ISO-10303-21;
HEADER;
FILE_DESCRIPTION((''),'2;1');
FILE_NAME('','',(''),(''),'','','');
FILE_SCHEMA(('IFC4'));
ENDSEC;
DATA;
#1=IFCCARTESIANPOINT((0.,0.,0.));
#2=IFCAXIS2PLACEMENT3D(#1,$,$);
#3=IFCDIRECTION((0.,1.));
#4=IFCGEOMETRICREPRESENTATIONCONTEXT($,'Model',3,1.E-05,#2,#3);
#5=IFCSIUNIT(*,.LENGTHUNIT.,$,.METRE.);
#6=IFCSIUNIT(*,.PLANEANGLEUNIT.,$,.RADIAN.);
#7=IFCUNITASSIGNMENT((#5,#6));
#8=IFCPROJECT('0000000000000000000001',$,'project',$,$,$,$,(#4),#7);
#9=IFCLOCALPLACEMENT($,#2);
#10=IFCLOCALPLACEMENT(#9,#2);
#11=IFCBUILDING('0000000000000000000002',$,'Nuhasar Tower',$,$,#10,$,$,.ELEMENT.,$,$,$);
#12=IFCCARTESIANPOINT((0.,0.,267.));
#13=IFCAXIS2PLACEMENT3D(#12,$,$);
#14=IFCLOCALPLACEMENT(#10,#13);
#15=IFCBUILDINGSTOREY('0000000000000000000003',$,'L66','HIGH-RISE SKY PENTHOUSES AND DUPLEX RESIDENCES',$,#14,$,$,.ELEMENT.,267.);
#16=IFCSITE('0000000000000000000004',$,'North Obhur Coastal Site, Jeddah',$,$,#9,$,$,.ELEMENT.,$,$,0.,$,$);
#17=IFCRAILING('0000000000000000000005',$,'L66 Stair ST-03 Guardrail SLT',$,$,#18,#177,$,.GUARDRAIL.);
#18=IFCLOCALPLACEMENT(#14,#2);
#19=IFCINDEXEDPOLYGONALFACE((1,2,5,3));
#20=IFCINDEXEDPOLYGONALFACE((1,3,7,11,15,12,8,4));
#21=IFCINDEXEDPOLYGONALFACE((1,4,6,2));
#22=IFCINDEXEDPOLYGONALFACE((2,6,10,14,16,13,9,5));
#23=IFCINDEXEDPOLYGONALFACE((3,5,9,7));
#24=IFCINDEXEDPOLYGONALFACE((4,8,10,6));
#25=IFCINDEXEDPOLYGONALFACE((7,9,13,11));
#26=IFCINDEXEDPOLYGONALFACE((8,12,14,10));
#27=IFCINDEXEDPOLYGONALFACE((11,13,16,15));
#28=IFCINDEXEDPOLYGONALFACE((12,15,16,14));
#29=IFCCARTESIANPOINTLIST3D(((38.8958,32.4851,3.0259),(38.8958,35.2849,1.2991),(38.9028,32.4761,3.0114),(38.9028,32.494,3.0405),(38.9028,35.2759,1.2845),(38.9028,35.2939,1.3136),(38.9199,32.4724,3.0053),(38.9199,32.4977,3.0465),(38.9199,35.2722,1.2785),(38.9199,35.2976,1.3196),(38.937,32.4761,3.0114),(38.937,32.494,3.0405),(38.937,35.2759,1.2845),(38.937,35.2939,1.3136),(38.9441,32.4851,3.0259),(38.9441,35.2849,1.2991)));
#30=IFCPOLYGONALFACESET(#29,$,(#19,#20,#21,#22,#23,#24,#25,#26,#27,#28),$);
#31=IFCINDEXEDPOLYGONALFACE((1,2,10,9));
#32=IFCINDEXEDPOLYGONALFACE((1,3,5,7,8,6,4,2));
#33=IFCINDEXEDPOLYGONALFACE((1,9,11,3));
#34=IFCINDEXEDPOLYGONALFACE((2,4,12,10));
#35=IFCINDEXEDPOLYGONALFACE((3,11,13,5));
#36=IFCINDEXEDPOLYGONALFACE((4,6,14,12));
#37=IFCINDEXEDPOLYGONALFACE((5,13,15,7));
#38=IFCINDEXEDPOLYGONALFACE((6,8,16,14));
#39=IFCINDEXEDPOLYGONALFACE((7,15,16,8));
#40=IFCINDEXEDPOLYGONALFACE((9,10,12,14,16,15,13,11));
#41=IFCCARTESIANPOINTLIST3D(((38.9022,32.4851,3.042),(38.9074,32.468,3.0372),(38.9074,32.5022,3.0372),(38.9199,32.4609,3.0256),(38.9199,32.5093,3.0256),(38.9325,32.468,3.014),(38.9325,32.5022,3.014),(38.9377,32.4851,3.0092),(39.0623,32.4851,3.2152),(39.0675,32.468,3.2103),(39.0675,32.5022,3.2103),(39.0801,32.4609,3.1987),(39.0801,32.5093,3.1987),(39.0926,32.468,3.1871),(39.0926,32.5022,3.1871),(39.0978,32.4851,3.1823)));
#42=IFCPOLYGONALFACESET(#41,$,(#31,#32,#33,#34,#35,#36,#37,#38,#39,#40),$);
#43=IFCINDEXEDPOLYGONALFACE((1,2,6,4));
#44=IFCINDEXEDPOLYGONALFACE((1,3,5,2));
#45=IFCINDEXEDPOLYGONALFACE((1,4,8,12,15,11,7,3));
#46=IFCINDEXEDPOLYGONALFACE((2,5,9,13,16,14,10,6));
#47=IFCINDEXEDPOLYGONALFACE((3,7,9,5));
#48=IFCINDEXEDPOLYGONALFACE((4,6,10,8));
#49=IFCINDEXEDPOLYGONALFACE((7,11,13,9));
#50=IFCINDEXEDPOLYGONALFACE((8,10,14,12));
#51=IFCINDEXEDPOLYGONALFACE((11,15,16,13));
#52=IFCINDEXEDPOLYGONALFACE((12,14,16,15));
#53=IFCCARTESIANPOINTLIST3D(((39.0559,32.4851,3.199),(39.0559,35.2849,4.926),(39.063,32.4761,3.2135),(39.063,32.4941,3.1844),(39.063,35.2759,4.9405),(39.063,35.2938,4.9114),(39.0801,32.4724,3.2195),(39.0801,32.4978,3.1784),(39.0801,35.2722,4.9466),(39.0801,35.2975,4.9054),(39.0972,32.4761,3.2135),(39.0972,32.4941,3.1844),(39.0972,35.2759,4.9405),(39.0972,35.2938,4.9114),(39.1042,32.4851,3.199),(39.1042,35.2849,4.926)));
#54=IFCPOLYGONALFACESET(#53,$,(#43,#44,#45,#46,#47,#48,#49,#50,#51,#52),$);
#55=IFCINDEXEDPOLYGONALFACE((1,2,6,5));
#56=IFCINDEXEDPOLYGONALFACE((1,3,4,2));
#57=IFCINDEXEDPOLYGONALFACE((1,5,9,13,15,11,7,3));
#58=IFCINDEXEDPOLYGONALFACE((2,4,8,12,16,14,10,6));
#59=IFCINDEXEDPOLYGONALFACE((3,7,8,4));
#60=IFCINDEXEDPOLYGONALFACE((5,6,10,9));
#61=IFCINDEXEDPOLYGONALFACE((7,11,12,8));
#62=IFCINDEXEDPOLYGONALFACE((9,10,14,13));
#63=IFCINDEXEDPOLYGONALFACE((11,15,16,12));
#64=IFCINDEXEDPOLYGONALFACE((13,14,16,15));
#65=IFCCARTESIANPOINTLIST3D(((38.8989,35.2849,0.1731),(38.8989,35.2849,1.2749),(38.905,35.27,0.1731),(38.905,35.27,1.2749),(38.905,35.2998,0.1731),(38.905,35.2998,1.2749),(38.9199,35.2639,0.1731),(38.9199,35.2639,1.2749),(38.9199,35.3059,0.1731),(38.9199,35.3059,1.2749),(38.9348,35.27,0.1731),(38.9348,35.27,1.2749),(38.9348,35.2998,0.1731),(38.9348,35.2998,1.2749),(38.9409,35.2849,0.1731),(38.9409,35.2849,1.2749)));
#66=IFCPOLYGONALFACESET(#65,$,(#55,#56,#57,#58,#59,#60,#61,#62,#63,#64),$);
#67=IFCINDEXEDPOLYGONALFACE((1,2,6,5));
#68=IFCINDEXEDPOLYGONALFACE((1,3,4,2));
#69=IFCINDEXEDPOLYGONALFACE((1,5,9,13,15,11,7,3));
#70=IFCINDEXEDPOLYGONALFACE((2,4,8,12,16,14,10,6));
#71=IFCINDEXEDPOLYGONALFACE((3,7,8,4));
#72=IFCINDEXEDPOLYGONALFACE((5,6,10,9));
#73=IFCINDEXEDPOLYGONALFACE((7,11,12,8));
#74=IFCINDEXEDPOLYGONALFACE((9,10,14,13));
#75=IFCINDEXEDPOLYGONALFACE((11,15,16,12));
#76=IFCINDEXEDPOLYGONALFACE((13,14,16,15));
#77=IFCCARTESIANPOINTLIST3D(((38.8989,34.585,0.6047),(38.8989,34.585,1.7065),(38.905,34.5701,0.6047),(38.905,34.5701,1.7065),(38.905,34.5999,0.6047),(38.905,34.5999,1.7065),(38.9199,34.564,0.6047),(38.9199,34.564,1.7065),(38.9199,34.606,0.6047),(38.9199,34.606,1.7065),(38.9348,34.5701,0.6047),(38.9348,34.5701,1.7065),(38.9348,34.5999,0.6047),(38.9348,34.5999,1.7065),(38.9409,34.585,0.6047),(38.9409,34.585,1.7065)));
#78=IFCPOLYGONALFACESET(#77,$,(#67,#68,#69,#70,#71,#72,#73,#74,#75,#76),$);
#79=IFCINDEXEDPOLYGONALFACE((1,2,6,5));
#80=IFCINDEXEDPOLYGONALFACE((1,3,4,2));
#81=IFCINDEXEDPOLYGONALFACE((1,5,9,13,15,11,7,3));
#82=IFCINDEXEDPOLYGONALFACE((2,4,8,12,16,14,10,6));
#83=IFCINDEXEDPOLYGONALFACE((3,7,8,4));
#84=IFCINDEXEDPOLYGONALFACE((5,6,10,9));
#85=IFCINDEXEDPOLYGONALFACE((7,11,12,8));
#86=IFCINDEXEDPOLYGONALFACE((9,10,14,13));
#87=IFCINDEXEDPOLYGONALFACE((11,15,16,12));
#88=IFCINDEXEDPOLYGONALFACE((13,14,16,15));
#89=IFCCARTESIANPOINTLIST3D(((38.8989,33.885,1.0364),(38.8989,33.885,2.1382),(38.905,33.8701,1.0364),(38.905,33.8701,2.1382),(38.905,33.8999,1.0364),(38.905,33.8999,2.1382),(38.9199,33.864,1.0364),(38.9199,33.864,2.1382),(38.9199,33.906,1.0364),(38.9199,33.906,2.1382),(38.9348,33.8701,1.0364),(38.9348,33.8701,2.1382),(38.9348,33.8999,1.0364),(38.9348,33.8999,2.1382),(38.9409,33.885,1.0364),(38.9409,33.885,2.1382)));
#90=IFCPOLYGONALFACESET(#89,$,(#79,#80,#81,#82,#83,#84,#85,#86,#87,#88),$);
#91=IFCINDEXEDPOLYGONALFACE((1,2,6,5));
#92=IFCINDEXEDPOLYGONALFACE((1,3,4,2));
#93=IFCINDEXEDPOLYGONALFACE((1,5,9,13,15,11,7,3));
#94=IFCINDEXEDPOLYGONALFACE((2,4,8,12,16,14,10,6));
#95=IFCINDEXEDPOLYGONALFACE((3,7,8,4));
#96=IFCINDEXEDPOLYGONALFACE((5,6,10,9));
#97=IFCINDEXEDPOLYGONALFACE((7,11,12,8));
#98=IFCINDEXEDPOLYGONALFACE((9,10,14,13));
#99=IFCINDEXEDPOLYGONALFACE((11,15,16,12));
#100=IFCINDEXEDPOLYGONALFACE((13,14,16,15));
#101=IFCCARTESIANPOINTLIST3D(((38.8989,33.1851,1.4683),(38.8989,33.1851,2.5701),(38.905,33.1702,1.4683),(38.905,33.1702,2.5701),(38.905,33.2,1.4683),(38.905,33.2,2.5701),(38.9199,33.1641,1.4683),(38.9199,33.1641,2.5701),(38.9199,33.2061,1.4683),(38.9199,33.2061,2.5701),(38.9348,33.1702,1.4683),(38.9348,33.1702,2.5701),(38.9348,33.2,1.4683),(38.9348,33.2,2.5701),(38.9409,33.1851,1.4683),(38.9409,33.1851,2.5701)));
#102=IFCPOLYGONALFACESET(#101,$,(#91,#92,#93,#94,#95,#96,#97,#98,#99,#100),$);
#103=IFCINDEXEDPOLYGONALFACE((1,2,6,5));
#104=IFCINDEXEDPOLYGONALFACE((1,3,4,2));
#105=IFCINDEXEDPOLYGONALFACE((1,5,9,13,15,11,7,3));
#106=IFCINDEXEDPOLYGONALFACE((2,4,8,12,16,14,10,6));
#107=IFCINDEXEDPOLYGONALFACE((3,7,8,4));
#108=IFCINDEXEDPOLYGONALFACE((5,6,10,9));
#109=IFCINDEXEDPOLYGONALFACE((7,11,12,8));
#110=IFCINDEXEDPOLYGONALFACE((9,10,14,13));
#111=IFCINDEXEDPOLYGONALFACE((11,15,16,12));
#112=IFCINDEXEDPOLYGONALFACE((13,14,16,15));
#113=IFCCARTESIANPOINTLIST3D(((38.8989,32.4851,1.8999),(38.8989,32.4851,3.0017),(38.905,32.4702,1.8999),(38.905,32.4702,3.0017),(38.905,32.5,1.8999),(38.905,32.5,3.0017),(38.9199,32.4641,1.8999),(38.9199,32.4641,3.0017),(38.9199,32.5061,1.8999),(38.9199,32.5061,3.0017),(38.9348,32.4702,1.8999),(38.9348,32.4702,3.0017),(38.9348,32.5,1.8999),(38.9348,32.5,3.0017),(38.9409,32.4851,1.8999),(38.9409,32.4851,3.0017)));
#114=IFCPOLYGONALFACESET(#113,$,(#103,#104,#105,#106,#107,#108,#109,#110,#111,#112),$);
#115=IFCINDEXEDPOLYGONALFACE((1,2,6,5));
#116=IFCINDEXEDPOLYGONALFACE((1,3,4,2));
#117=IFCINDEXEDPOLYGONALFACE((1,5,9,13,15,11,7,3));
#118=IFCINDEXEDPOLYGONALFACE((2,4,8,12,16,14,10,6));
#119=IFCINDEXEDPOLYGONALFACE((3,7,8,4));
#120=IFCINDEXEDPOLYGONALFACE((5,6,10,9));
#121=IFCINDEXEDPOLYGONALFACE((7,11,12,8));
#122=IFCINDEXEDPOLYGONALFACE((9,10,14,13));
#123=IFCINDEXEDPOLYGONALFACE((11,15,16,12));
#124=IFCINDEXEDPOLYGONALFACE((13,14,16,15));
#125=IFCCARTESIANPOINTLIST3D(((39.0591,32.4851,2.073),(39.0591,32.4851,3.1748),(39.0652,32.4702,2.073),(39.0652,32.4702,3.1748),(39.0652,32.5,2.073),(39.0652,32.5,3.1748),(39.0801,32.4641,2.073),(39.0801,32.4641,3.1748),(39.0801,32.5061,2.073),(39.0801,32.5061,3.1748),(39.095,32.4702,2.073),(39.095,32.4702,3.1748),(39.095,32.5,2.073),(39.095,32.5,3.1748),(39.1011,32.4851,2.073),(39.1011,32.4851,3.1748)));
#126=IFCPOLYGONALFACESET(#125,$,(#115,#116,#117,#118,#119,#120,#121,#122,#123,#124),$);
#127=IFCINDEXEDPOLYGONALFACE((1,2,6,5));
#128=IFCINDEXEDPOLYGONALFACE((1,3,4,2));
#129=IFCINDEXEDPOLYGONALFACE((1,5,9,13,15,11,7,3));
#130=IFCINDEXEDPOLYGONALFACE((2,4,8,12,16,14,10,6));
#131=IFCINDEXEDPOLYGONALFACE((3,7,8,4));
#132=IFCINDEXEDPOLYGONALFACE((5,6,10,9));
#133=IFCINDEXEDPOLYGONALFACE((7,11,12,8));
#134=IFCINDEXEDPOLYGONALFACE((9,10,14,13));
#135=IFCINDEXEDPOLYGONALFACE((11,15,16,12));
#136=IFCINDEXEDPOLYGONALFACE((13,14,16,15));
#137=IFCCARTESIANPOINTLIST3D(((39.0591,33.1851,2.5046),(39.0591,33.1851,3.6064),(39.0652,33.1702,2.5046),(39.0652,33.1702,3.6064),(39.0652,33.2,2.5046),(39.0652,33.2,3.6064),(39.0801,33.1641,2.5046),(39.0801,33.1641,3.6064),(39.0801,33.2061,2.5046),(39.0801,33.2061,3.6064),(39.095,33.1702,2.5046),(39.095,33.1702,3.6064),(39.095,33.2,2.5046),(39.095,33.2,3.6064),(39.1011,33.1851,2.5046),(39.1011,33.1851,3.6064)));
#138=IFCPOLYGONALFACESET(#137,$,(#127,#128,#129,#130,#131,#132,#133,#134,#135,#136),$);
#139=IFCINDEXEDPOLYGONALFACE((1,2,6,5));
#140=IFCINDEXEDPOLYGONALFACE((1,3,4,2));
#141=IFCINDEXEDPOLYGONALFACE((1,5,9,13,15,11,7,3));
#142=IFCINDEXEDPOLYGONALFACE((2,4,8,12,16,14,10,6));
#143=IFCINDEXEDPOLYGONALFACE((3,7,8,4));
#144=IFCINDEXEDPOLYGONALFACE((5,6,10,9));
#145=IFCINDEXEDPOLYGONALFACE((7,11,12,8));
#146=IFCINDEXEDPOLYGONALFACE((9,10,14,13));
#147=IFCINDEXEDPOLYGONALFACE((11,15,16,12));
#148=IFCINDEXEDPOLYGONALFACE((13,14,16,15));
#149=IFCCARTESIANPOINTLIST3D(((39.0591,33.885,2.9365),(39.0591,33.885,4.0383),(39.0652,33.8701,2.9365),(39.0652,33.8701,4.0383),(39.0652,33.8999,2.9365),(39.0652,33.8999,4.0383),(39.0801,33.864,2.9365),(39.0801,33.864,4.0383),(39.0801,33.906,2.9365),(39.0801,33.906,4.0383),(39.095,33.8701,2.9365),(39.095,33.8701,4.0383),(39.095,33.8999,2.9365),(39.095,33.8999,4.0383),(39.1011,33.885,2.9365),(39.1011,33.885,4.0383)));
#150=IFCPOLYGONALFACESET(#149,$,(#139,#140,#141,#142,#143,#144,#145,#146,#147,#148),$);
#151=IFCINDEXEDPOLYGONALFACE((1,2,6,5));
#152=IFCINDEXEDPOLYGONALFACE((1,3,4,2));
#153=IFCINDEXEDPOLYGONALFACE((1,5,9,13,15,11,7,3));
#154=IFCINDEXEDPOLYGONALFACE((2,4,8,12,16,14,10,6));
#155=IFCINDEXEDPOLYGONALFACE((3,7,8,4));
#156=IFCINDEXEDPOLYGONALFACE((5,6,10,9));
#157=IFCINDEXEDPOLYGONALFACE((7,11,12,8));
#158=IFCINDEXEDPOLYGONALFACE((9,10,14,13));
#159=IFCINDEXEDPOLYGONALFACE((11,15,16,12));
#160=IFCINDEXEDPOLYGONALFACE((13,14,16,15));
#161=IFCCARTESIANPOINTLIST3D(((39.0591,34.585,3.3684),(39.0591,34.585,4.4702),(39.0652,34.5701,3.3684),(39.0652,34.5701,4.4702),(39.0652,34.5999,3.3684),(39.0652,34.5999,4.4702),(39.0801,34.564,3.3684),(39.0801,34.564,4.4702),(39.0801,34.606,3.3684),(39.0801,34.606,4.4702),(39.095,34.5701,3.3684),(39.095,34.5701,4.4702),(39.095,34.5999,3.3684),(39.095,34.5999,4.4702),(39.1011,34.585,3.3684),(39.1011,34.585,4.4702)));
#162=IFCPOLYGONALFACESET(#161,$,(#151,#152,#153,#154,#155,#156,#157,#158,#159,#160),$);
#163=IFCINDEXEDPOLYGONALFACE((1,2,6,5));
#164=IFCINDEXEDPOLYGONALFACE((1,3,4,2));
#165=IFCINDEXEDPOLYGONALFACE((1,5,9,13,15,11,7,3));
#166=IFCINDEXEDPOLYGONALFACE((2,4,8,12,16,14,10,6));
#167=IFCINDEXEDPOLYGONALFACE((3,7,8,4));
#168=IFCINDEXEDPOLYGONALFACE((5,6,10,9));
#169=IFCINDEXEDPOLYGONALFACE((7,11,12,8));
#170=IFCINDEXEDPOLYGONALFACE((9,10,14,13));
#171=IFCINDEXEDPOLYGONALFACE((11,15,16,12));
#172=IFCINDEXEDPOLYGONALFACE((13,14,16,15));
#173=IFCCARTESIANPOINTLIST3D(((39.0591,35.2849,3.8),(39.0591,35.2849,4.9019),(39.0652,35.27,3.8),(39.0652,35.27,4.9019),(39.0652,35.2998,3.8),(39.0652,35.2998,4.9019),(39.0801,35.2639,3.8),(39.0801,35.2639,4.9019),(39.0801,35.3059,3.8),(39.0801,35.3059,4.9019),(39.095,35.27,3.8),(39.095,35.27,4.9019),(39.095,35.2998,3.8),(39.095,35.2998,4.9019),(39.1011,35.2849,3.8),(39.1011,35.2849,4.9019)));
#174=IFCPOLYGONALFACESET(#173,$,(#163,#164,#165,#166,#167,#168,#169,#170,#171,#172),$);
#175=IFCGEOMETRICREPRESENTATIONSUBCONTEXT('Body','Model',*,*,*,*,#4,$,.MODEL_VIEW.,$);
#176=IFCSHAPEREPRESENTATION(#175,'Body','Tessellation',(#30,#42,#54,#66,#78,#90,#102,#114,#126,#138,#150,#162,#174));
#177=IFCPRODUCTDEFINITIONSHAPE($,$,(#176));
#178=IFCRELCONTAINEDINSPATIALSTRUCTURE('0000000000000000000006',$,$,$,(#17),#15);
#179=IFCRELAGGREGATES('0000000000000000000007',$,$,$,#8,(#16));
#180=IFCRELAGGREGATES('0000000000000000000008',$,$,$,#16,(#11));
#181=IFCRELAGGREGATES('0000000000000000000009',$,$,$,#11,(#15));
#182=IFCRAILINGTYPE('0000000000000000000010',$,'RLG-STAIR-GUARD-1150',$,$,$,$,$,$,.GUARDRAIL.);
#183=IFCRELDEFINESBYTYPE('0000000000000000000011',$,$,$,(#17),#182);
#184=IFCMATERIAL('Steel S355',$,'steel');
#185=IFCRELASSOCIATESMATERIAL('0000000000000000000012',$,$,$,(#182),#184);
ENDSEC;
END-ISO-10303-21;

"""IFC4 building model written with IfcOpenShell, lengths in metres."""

from ifc_helpers import new_model, si_unit, direction, frame, origin, place, context, subcontext, project, spatial, polyline, outline, extrude, material, type_object, element, save


model = new_model("IFC4")

# Units and contexts
model_context = context("Model", 3, precision=1e-05, world=origin(), true_north=direction((0.0, 1.0)))
body_context = subcontext(model_context, "Body", "Model", "MODEL_VIEW")
ifc_project = project(units=[si_unit("LENGTHUNIT", "METRE"), si_unit("PLANEANGLEUNIT", "RADIAN")], contexts=[model_context])

# Site, building, storey
site_placement = place(None, origin())
site = spatial("IfcSite", under=ifc_project, at=site_placement, Name="North Obhur Coastal Site, Jeddah", CompositionType="ELEMENT", RefElevation=0.0)
building_placement = place(site_placement, origin())
building = spatial("IfcBuilding", under=site, at=building_placement, Name="Nuhasar Tower", CompositionType="ELEMENT")
storey_placement = place(building_placement, frame((0.0, 0.0, 267.0)))
storey = spatial("IfcBuildingStorey", under=building, at=storey_placement, Name="L66", Description="HIGH-RISE SKY PENTHOUSES AND DUPLEX RESIDENCES", CompositionType="ELEMENT", Elevation=267.0)

# Shared definitions
ifc_material_1 = material(Name="Steel S355", Category="steel")

# Railing
railing_type_1 = type_object("IfcRailingType", Name="RLG-STAIR-GUARD-1150", PredefinedType="GUARDRAIL", material=ifc_material_1)
railing_1_placement = place(storey_placement, frame((38.9199, 35.2849, 0.1731)))
element("IfcRailing", 1, at=railing_1_placement, inside=storey, type_object=railing_type_1, Name="L66 Stair ST-03 Guardrail SLT", PredefinedType="GUARDRAIL", context=body_context, shape_type="SweptSolid", body=[
    extrude(outline(polyline([(0.0242, 0.0), (0.0171, 0.0171), (0.0, 0.0242), (-0.0171, 0.0171), (-0.0242, 0.0), (-0.0171, -0.0171), (0.0, -0.0242), (0.0171, -0.0171), (0.0242, 0.0)])), frame((0.0, 0.0, 1.126), z_axis=(0.0, -0.851135, 0.524946), x_axis=(1.0, 0.0, 0.0)), (0.0, 0.0, 1.0), 3.2896),
    extrude(outline(polyline([(0.0242, 0.0), (0.0171, 0.0171), (0.0, 0.0242), (-0.0171, 0.0171), (-0.0242, 0.0), (-0.0171, -0.0171), (0.0, -0.0242), (0.0171, -0.0171), (0.0242, 0.0)])), frame((0.0, -2.7998, 2.8525), z_axis=(0.67914, 0.0, 0.734009), x_axis=(0.0, 1.0, 0.0)), (0.0, 0.0, 1.0), 0.2358),
    extrude(outline(polyline([(0.0242, 0.0), (0.0171, 0.0171), (0.0, 0.0242), (-0.0171, 0.0171), (-0.0242, 0.0), (-0.0171, -0.0171), (0.0, -0.0242), (0.0171, -0.0171), (0.0242, 0.0)])), frame((0.1602, -2.7998, 3.0259), z_axis=(0.0, 0.851102, 0.525), x_axis=(-1.0, 0.0, 0.0)), (0.0, 0.0, 1.0), 3.2896),
    extrude(outline(polyline([(0.021, 0.0), (0.0149, 0.0149), (0.0, 0.021), (-0.0149, 0.0149), (-0.021, 0.0), (-0.0149, -0.0149), (0.0, -0.021), (0.0149, -0.0149), (0.021, 0.0)])), origin(), (0.0, 0.0, 1.0), 1.1018),
    extrude(outline(polyline([(0.021, 0.0), (0.0149, 0.0149), (0.0, 0.021), (-0.0149, 0.0149), (-0.021, 0.0), (-0.0149, -0.0149), (0.0, -0.021), (0.0149, -0.0149), (0.021, 0.0)])), frame((0.0, -0.7, 0.4316)), (0.0, 0.0, 1.0), 1.1018),
    extrude(outline(polyline([(0.021, 0.0), (0.0149, 0.0149), (0.0, 0.021), (-0.0149, 0.0149), (-0.021, 0.0), (-0.0149, -0.0149), (0.0, -0.021), (0.0149, -0.0149), (0.021, 0.0)])), frame((0.0, -1.3999, 0.8633)), (0.0, 0.0, 1.0), 1.1018),
    extrude(outline(polyline([(0.021, 0.0), (0.0149, 0.0149), (0.0, 0.021), (-0.0149, 0.0149), (-0.021, 0.0), (-0.0149, -0.0149), (0.0, -0.021), (0.0149, -0.0149), (0.021, 0.0)])), frame((0.0, -2.0999, 1.2952)), (0.0, 0.0, 1.0), 1.1018),
    extrude(outline(polyline([(0.021, 0.0), (0.0149, 0.0149), (0.0, 0.021), (-0.0149, 0.0149), (-0.021, 0.0), (-0.0149, -0.0149), (0.0, -0.021), (0.0149, -0.0149), (0.021, 0.0)])), frame((0.0, -2.7998, 1.7268)), (0.0, 0.0, 1.0), 1.1018),
    extrude(outline(polyline([(0.021, 0.0), (0.0149, 0.0149), (0.0, 0.021), (-0.0149, 0.0149), (-0.021, 0.0), (-0.0149, -0.0149), (0.0, -0.021), (0.0149, -0.0149), (0.021, 0.0)])), frame((0.1602, -2.7998, 1.8999)), (0.0, 0.0, 1.0), 1.1018),
    extrude(outline(polyline([(0.021, 0.0), (0.0149, 0.0149), (0.0, 0.021), (-0.0149, 0.0149), (-0.021, 0.0), (-0.0149, -0.0149), (0.0, -0.021), (0.0149, -0.0149), (0.021, 0.0)])), frame((0.1602, -2.0999, 2.3315)), (0.0, 0.0, 1.0), 1.1018),
    extrude(outline(polyline([(0.021, 0.0), (0.0149, 0.0149), (0.0, 0.021), (-0.0149, 0.0149), (-0.021, 0.0), (-0.0149, -0.0149), (0.0, -0.021), (0.0149, -0.0149), (0.021, 0.0)])), frame((0.1602, -1.3999, 2.7634)), (0.0, 0.0, 1.0), 1.1018),
    extrude(outline(polyline([(0.021, 0.0), (0.0149, 0.0149), (0.0, 0.021), (-0.0149, 0.0149), (-0.021, 0.0), (-0.0149, -0.0149), (0.0, -0.021), (0.0149, -0.0149), (0.021, 0.0)])), frame((0.1602, -0.7, 3.1953)), (0.0, 0.0, 1.0), 1.1018),
    extrude(outline(polyline([(0.021, 0.0), (0.0149, 0.0149), (0.0, 0.021), (-0.0149, 0.0149), (-0.021, 0.0), (-0.0149, -0.0149), (0.0, -0.021), (0.0149, -0.0149), (0.021, 0.0)])), frame((0.1602, 0.0, 3.627)), (0.0, 0.0, 1.0), 1.1018),
])

save(model, "model.ifc")
